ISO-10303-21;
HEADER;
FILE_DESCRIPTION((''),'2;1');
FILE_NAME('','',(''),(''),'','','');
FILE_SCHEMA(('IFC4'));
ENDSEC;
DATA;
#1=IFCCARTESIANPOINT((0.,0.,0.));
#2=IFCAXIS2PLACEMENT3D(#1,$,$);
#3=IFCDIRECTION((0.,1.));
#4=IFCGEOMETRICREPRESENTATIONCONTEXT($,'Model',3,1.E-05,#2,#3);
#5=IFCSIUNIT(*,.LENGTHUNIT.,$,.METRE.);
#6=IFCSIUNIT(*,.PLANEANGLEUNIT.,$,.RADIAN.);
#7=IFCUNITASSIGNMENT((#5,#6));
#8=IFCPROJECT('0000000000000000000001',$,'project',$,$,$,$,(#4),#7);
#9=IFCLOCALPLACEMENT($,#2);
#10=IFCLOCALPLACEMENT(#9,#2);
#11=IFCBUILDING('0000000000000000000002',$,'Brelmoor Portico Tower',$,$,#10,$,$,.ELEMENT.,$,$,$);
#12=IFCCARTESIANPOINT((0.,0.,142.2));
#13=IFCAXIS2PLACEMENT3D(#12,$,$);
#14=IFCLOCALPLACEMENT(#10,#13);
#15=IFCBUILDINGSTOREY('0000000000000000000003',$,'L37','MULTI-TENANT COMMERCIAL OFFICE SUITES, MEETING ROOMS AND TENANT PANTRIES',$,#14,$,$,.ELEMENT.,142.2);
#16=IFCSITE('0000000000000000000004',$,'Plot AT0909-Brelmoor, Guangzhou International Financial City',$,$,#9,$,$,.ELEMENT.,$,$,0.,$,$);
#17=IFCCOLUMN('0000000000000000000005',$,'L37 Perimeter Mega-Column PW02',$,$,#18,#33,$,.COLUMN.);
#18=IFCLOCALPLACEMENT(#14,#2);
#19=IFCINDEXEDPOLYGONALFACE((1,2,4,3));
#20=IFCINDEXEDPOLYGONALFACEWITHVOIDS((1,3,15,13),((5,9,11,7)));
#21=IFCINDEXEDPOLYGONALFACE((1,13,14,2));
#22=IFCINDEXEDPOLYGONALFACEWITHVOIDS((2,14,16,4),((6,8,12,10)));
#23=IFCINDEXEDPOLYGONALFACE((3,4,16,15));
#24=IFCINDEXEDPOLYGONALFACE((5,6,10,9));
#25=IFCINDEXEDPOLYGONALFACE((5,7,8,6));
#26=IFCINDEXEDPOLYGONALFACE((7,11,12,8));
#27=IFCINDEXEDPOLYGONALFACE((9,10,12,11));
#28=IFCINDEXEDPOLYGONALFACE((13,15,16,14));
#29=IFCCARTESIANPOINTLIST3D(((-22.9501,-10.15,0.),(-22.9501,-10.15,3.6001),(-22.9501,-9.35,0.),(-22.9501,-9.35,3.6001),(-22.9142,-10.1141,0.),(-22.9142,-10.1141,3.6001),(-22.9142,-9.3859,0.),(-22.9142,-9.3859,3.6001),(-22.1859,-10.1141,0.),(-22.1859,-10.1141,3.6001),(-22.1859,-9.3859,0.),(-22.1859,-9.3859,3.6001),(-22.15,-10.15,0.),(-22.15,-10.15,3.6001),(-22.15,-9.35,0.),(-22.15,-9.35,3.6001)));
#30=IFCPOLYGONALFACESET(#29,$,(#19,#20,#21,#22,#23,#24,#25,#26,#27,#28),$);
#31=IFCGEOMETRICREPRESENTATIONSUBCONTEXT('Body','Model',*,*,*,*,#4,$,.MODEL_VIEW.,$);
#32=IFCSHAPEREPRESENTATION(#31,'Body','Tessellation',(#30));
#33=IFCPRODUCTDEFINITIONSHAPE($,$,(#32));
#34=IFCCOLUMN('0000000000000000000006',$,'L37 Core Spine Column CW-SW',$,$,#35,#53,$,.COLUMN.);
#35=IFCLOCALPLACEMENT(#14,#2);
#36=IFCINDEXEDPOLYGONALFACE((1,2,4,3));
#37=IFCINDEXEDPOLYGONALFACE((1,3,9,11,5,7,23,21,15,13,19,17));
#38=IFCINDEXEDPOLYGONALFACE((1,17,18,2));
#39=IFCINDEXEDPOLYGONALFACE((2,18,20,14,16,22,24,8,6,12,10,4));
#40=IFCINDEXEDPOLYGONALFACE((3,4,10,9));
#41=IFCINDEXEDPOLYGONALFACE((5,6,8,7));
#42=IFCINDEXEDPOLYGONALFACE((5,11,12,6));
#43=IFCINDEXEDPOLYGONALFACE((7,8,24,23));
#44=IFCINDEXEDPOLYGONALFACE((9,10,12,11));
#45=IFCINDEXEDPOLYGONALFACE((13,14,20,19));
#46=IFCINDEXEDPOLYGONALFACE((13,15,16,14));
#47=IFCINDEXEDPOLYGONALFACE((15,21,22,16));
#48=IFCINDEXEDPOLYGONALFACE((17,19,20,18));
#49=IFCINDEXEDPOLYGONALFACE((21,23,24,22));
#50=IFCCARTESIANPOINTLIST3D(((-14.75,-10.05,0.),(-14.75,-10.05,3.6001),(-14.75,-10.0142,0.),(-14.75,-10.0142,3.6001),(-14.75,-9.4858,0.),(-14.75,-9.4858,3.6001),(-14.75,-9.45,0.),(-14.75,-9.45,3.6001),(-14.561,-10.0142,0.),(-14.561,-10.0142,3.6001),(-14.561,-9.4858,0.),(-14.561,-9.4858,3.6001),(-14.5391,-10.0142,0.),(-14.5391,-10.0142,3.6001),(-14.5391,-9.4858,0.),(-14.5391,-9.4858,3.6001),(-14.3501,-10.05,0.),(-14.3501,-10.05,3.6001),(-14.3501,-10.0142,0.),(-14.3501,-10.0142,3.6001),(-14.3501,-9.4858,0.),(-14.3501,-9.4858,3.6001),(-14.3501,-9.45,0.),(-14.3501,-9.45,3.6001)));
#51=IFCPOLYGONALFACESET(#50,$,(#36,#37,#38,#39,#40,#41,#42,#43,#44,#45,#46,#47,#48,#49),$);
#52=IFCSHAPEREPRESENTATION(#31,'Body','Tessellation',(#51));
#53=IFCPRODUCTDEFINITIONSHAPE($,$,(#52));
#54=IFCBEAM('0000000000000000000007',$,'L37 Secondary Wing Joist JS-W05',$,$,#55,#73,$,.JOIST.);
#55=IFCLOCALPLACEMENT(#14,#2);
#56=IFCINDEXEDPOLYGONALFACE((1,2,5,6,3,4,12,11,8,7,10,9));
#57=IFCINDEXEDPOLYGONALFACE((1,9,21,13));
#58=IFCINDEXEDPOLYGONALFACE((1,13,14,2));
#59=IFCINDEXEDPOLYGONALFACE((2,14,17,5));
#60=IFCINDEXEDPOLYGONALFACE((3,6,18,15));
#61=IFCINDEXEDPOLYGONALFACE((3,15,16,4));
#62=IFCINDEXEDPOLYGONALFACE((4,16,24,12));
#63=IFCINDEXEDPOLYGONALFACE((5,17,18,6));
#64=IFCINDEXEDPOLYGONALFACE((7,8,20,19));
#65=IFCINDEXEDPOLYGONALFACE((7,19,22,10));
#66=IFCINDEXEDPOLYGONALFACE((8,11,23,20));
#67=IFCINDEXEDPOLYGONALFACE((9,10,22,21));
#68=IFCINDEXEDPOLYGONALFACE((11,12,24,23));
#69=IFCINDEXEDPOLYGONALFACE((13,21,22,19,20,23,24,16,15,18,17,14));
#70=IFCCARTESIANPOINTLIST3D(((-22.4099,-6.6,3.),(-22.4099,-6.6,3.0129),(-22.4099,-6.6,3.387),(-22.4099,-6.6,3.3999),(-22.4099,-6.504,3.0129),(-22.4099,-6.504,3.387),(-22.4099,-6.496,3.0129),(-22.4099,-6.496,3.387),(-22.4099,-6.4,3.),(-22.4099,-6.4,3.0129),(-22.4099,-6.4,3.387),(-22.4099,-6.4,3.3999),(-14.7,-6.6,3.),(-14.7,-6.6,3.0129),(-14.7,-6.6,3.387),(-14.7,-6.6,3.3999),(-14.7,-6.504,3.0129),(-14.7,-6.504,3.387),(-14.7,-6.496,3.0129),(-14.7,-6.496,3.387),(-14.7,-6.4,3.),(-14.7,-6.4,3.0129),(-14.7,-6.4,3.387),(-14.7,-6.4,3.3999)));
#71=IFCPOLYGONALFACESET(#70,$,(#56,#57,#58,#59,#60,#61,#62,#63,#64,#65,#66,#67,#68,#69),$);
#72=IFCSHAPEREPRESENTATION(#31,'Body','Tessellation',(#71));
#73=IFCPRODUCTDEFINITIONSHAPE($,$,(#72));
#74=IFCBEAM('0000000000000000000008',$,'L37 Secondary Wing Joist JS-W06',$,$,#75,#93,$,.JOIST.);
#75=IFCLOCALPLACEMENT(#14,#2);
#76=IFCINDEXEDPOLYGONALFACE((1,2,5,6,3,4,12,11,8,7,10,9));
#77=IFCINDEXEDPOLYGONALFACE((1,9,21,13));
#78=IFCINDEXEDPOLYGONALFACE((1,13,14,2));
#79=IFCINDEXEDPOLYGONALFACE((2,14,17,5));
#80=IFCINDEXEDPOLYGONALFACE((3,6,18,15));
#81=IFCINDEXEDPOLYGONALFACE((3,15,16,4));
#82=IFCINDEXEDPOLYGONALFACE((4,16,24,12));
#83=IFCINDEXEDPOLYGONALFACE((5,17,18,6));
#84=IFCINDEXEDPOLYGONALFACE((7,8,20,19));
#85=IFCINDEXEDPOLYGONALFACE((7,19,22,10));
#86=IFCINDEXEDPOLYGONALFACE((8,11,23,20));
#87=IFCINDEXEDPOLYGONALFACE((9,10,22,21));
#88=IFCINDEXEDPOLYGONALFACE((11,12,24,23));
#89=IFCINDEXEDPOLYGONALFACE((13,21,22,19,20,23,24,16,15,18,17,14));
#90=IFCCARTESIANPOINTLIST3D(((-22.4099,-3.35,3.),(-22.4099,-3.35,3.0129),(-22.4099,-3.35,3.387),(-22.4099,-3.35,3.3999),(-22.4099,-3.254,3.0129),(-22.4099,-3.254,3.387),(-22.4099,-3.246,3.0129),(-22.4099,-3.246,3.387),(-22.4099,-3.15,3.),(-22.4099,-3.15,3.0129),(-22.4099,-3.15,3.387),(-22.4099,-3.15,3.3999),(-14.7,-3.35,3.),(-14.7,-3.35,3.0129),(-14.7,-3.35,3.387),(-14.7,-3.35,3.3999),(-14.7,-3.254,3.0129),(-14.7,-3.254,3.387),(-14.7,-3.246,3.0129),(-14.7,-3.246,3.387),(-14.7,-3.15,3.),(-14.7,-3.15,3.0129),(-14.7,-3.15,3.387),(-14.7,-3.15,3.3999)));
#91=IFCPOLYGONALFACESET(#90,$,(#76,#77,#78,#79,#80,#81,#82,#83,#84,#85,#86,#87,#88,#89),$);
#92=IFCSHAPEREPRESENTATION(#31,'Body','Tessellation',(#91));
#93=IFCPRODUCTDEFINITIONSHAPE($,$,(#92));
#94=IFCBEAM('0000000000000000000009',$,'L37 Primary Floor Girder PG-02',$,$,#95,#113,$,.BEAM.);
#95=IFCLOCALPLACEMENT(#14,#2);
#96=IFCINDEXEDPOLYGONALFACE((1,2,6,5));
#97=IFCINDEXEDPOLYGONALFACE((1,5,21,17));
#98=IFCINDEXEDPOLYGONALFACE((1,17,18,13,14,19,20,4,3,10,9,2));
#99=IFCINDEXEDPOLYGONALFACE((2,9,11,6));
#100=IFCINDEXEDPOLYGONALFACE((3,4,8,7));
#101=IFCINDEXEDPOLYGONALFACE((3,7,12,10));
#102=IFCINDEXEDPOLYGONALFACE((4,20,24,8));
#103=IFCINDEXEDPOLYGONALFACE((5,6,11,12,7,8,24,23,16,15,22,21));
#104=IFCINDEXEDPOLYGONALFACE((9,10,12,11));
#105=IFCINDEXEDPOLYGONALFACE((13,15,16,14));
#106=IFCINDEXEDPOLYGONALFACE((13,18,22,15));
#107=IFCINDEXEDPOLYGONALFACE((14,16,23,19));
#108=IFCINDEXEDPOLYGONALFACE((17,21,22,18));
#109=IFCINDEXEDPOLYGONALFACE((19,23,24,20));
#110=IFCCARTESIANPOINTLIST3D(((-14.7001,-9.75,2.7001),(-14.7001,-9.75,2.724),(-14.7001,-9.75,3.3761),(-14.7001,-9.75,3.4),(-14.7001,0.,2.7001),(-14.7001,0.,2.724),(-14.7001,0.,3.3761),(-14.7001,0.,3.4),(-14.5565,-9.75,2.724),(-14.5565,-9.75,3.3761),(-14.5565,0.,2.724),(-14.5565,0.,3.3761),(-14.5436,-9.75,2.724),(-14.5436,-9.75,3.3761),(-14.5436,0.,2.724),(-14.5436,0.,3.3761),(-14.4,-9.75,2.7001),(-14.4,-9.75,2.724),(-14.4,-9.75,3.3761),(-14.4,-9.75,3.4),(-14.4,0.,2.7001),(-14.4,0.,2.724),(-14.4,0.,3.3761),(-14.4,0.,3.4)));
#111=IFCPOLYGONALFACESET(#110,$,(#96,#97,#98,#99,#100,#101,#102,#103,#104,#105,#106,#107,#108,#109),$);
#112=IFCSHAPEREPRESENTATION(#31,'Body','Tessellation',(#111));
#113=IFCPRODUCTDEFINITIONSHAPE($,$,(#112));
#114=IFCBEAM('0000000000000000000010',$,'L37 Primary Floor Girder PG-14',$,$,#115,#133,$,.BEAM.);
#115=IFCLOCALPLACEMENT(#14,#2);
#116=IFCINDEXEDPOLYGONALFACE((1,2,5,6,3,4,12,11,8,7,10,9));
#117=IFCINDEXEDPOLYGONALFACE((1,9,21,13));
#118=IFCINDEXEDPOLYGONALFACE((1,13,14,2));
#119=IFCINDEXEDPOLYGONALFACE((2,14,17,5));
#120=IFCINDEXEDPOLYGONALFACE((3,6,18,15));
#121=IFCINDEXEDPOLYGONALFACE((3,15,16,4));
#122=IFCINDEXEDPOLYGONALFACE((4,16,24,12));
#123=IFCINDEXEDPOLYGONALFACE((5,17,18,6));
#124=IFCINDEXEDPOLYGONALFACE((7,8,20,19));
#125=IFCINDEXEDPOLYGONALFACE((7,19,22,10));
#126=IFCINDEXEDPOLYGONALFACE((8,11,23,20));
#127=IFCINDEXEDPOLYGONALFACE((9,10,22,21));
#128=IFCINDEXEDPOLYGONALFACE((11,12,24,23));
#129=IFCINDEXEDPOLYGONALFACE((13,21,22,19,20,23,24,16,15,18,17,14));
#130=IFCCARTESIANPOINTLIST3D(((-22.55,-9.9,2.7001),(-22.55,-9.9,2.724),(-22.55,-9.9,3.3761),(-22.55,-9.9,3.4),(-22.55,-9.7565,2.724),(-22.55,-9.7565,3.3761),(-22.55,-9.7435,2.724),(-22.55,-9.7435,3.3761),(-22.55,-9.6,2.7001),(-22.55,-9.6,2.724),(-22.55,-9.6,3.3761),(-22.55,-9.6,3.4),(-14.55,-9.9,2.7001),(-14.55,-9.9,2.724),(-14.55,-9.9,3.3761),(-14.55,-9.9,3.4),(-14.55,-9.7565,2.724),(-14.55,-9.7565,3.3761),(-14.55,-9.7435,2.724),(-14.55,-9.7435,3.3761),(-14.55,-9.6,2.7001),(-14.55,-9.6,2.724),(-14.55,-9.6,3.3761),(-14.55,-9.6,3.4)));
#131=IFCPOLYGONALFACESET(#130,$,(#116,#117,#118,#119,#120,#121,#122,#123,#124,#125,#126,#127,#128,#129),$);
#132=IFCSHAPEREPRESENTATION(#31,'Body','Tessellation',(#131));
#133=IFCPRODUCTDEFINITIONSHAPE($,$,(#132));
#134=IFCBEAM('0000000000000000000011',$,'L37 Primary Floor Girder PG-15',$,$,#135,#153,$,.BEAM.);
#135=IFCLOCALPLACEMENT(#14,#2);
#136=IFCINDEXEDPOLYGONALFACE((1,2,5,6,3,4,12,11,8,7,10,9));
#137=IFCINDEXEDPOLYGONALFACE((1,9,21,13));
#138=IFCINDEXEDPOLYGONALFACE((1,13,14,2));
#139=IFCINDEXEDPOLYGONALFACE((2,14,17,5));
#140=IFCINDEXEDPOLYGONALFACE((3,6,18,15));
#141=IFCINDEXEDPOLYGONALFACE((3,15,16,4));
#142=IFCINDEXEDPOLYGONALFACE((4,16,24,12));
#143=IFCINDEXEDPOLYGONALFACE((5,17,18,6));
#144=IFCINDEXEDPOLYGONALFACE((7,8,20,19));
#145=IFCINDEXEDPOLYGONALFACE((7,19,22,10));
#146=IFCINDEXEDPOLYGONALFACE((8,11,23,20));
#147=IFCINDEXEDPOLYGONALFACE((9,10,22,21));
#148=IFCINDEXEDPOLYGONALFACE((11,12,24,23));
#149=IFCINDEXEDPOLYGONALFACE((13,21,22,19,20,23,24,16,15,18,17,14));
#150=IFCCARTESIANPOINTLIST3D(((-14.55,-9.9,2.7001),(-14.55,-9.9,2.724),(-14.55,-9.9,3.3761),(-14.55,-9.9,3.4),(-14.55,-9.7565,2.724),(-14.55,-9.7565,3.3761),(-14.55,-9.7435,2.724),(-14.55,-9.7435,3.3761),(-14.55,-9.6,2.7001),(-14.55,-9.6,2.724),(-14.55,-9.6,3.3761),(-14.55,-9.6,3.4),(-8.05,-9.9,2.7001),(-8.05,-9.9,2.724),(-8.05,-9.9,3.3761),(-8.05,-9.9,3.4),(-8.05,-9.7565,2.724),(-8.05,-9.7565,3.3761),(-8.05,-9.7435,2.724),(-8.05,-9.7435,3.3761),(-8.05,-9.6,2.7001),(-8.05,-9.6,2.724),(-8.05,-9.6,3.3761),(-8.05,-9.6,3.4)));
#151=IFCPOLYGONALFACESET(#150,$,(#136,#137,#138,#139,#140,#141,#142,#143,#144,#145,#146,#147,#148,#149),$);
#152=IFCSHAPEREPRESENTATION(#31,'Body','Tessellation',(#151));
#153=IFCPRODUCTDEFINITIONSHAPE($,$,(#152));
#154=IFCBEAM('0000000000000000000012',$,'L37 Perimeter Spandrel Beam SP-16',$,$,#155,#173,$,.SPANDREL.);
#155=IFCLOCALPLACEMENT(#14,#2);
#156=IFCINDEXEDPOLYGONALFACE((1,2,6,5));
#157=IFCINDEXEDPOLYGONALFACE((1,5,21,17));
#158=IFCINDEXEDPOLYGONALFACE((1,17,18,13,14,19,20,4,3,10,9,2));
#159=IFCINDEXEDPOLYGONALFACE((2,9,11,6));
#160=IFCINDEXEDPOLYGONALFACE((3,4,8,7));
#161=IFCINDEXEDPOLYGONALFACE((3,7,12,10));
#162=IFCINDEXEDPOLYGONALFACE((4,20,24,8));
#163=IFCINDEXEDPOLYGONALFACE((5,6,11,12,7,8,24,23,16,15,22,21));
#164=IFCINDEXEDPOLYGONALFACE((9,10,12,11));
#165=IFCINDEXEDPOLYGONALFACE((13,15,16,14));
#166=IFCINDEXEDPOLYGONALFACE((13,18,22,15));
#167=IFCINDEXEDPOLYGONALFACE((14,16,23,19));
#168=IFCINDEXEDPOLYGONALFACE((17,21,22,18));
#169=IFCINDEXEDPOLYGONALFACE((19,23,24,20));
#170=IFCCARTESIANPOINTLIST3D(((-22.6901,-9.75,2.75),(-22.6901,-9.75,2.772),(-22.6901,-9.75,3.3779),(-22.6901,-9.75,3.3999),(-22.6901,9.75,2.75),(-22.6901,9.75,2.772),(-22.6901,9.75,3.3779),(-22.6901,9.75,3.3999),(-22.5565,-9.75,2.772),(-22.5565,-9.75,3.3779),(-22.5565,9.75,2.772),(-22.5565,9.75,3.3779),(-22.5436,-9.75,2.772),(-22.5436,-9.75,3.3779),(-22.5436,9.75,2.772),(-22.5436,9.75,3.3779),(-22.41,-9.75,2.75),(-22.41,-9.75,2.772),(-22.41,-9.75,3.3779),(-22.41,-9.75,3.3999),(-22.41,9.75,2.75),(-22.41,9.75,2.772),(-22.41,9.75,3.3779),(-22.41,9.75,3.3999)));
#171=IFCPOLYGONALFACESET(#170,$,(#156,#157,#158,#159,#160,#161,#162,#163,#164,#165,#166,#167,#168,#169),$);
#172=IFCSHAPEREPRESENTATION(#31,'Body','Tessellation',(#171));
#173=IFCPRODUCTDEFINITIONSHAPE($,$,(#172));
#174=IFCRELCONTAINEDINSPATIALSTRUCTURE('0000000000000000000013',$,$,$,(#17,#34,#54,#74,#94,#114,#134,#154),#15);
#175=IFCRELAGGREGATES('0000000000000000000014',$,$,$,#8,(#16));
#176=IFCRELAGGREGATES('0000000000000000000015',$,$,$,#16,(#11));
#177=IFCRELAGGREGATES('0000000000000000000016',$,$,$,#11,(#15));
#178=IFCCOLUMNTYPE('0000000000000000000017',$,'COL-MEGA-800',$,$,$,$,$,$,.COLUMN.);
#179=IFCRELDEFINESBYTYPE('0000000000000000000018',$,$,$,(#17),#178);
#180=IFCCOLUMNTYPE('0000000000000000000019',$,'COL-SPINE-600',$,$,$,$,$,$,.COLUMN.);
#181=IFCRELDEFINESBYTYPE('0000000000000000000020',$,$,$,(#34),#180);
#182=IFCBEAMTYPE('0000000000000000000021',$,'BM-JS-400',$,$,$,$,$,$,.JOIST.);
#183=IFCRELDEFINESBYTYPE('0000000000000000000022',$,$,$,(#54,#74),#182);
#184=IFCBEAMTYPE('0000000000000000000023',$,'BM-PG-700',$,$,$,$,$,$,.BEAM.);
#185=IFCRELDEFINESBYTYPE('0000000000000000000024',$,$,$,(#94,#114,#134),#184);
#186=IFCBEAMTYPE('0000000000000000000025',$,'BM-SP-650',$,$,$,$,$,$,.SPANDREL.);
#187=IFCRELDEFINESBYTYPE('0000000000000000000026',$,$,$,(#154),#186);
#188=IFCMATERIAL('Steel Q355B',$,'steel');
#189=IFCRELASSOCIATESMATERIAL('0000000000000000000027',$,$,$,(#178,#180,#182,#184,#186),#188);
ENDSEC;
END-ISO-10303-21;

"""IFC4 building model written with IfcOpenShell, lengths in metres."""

from ifc_helpers import new_model, si_unit, direction, frame, origin, origin_2d, place, context, subcontext, project, spatial, hollow_rectangle, i_section, extrude, material, material_profile, profile_set, type_object, element, save


model = new_model("IFC4")

# Units and contexts
model_context = context("Model", 3, precision=1e-05, world=origin(), true_north=direction((0.0, 1.0)))
body_context = subcontext(model_context, "Body", "Model", "MODEL_VIEW")
ifc_project = project(units=[si_unit("LENGTHUNIT", "METRE"), si_unit("PLANEANGLEUNIT", "RADIAN")], contexts=[model_context])

# Site, building, storey
site_placement = place(None, origin())
site = spatial("IfcSite", under=ifc_project, at=site_placement, Name="Plot AT0909-Brelmoor, Guangzhou International Financial City", CompositionType="ELEMENT", RefElevation=0.0)
building_placement = place(site_placement, origin())
building = spatial("IfcBuilding", under=site, at=building_placement, Name="Brelmoor Portico Tower", CompositionType="ELEMENT")
storey_placement = place(building_placement, frame((0.0, 0.0, 142.2)))
storey = spatial("IfcBuildingStorey", under=building, at=storey_placement, Name="L37", Description="MULTI-TENANT COMMERCIAL OFFICE SUITES, MEETING ROOMS AND TENANT PANTRIES", CompositionType="ELEMENT", Elevation=142.2)

# Columns
ifc_material_1 = material(Name="Steel Q355B", Category="steel")
ifc_material_profile_1 = material_profile(ifc_material_1, hollow_rectangle(XDim=0.8, YDim=0.8, WallThickness=0.0359, at=origin_2d()), Name="BOX 800x800x36")
ifc_profile_set_1 = profile_set([ifc_material_profile_1], Name="Steel Q355B")
column_type_1 = type_object("IfcColumnType", Name="COL-MEGA-800", PredefinedType="COLUMN", material=ifc_profile_set_1)
column_1_placement = place(storey_placement, frame((-22.55, -9.75, 0.0), z_axis=(0.0, 0.0, 1.0), x_axis=(0.0, 1.0, 0.0)))
element("IfcColumn", 1, at=column_1_placement, inside=storey, type_object=column_type_1, Name="L37 Perimeter Mega-Column PW02", PredefinedType="COLUMN", context=body_context, shape_type="SweptSolid", body=[
    extrude(hollow_rectangle(XDim=0.8, YDim=0.8, WallThickness=0.0359, at=origin_2d()), origin(), (0.0, 0.0, 1.0), 3.6001),
])
ifc_material_profile_2 = material_profile(ifc_material_1, i_section(OverallWidth=0.3999, OverallDepth=0.6001, WebThickness=0.022, FlangeThickness=0.0359, at=origin_2d()), Name="HW 600x400x22x36")
ifc_profile_set_2 = profile_set([ifc_material_profile_2], Name="Steel Q355B")
column_type_2 = type_object("IfcColumnType", Name="COL-SPINE-600", PredefinedType="COLUMN", material=ifc_profile_set_2)
column_2_placement = place(storey_placement, frame((-14.55, -9.75, 0.0), z_axis=(0.0, 0.0, 1.0), x_axis=(1.0, 0.0, 0.0)))
element("IfcColumn", 2, at=column_2_placement, inside=storey, type_object=column_type_2, Name="L37 Core Spine Column CW-SW", PredefinedType="COLUMN", context=body_context, shape_type="SweptSolid", body=[
    extrude(i_section(OverallWidth=0.3999, OverallDepth=0.6001, WebThickness=0.022, FlangeThickness=0.0359, at=origin_2d()), origin(), (0.0, 0.0, 1.0), 3.6001),
])

# Beams
ifc_material_profile_3 = material_profile(ifc_material_1, i_section(OverallWidth=0.2, OverallDepth=0.3999, WebThickness=0.0081, FlangeThickness=0.0129, at=origin_2d()), Name="HN 400x200x8x13")
ifc_profile_set_3 = profile_set([ifc_material_profile_3], Name="Steel Q355B")
beam_type_1 = type_object("IfcBeamType", Name="BM-JS-400", PredefinedType="JOIST", material=ifc_profile_set_3)
for number, where, z_axis, x_axis, name in (
    (3, (-22.4099, -6.5, 3.2), (1.0, 0.0, 0.0), (0.0, 1.0, 0.0), "L37 Secondary Wing Joist JS-W05"),
    (4, (-22.4099, -3.25, 3.2), (1.0, 0.0, 0.0), (0.0, 1.0, 0.0), "L37 Secondary Wing Joist JS-W06"),
):
    element("IfcBeam", number, at=place(storey_placement, frame(where, z_axis=z_axis, x_axis=x_axis)), inside=storey, type_object=beam_type_1, Name=name, PredefinedType="JOIST", context=body_context, shape_type="SweptSolid", body=[
        extrude(i_section(OverallWidth=0.2, OverallDepth=0.3999, WebThickness=0.0081, FlangeThickness=0.0129, at=origin_2d()), origin(), (0.0, 0.0, 1.0), 7.71),
    ])
ifc_material_profile_4 = material_profile(ifc_material_1, i_section(OverallWidth=0.3, OverallDepth=0.7, WebThickness=0.0129, FlangeThickness=0.0239, at=origin_2d()), Name="HN 700x300x13x24")
ifc_profile_set_4 = profile_set([ifc_material_profile_4], Name="Steel Q355B")
beam_type_2 = type_object("IfcBeamType", Name="BM-PG-700", PredefinedType="BEAM", material=ifc_profile_set_4)
beam_1_placement = place(storey_placement, frame((-14.55, -9.75, 3.05), z_axis=(0.0, 1.0, 0.0), x_axis=(-1.0, 0.0, 0.0)))
element("IfcBeam", 5, at=beam_1_placement, inside=storey, type_object=beam_type_2, Name="L37 Primary Floor Girder PG-02", PredefinedType="BEAM", context=body_context, shape_type="SweptSolid", body=[
    extrude(i_section(OverallWidth=0.3, OverallDepth=0.7, WebThickness=0.0129, FlangeThickness=0.0239, at=origin_2d()), origin(), (0.0, 0.0, 1.0), 9.75),
])
beam_2_placement = place(storey_placement, frame((-22.55, -9.75, 3.05), z_axis=(1.0, 0.0, 0.0), x_axis=(0.0, 1.0, 0.0)))
element("IfcBeam", 6, at=beam_2_placement, inside=storey, type_object=beam_type_2, Name="L37 Primary Floor Girder PG-14", PredefinedType="BEAM", context=body_context, shape_type="SweptSolid", body=[
    extrude(i_section(OverallWidth=0.3, OverallDepth=0.7, WebThickness=0.0129, FlangeThickness=0.0239, at=origin_2d()), origin(), (0.0, 0.0, 1.0), 8.0),
])
beam_3_placement = place(storey_placement, frame((-14.55, -9.75, 3.05), z_axis=(1.0, 0.0, 0.0), x_axis=(0.0, 1.0, 0.0)))
element("IfcBeam", 7, at=beam_3_placement, inside=storey, type_object=beam_type_2, Name="L37 Primary Floor Girder PG-15", PredefinedType="BEAM", context=body_context, shape_type="SweptSolid", body=[
    extrude(i_section(OverallWidth=0.3, OverallDepth=0.7, WebThickness=0.0129, FlangeThickness=0.0239, at=origin_2d()), origin(), (0.0, 0.0, 1.0), 6.5),
])
ifc_material_profile_5 = material_profile(ifc_material_1, i_section(OverallWidth=0.28, OverallDepth=0.6499, WebThickness=0.0129, FlangeThickness=0.022, at=origin_2d()), Name="HN 650x280x13x22")
ifc_profile_set_5 = profile_set([ifc_material_profile_5], Name="Steel Q355B")
beam_type_3 = type_object("IfcBeamType", Name="BM-SP-650", PredefinedType="SPANDREL", material=ifc_profile_set_5)
beam_4_placement = place(storey_placement, frame((-22.55, -9.75, 3.075), z_axis=(0.0, 1.0, 0.0), x_axis=(-1.0, 0.0, 0.0)))
element("IfcBeam", 8, at=beam_4_placement, inside=storey, type_object=beam_type_3, Name="L37 Perimeter Spandrel Beam SP-16", PredefinedType="SPANDREL", context=body_context, shape_type="SweptSolid", body=[
    extrude(i_section(OverallWidth=0.28, OverallDepth=0.6499, WebThickness=0.0129, FlangeThickness=0.022, at=origin_2d()), origin(), (0.0, 0.0, 1.0), 19.5),
])

save(model, "model.ifc")
